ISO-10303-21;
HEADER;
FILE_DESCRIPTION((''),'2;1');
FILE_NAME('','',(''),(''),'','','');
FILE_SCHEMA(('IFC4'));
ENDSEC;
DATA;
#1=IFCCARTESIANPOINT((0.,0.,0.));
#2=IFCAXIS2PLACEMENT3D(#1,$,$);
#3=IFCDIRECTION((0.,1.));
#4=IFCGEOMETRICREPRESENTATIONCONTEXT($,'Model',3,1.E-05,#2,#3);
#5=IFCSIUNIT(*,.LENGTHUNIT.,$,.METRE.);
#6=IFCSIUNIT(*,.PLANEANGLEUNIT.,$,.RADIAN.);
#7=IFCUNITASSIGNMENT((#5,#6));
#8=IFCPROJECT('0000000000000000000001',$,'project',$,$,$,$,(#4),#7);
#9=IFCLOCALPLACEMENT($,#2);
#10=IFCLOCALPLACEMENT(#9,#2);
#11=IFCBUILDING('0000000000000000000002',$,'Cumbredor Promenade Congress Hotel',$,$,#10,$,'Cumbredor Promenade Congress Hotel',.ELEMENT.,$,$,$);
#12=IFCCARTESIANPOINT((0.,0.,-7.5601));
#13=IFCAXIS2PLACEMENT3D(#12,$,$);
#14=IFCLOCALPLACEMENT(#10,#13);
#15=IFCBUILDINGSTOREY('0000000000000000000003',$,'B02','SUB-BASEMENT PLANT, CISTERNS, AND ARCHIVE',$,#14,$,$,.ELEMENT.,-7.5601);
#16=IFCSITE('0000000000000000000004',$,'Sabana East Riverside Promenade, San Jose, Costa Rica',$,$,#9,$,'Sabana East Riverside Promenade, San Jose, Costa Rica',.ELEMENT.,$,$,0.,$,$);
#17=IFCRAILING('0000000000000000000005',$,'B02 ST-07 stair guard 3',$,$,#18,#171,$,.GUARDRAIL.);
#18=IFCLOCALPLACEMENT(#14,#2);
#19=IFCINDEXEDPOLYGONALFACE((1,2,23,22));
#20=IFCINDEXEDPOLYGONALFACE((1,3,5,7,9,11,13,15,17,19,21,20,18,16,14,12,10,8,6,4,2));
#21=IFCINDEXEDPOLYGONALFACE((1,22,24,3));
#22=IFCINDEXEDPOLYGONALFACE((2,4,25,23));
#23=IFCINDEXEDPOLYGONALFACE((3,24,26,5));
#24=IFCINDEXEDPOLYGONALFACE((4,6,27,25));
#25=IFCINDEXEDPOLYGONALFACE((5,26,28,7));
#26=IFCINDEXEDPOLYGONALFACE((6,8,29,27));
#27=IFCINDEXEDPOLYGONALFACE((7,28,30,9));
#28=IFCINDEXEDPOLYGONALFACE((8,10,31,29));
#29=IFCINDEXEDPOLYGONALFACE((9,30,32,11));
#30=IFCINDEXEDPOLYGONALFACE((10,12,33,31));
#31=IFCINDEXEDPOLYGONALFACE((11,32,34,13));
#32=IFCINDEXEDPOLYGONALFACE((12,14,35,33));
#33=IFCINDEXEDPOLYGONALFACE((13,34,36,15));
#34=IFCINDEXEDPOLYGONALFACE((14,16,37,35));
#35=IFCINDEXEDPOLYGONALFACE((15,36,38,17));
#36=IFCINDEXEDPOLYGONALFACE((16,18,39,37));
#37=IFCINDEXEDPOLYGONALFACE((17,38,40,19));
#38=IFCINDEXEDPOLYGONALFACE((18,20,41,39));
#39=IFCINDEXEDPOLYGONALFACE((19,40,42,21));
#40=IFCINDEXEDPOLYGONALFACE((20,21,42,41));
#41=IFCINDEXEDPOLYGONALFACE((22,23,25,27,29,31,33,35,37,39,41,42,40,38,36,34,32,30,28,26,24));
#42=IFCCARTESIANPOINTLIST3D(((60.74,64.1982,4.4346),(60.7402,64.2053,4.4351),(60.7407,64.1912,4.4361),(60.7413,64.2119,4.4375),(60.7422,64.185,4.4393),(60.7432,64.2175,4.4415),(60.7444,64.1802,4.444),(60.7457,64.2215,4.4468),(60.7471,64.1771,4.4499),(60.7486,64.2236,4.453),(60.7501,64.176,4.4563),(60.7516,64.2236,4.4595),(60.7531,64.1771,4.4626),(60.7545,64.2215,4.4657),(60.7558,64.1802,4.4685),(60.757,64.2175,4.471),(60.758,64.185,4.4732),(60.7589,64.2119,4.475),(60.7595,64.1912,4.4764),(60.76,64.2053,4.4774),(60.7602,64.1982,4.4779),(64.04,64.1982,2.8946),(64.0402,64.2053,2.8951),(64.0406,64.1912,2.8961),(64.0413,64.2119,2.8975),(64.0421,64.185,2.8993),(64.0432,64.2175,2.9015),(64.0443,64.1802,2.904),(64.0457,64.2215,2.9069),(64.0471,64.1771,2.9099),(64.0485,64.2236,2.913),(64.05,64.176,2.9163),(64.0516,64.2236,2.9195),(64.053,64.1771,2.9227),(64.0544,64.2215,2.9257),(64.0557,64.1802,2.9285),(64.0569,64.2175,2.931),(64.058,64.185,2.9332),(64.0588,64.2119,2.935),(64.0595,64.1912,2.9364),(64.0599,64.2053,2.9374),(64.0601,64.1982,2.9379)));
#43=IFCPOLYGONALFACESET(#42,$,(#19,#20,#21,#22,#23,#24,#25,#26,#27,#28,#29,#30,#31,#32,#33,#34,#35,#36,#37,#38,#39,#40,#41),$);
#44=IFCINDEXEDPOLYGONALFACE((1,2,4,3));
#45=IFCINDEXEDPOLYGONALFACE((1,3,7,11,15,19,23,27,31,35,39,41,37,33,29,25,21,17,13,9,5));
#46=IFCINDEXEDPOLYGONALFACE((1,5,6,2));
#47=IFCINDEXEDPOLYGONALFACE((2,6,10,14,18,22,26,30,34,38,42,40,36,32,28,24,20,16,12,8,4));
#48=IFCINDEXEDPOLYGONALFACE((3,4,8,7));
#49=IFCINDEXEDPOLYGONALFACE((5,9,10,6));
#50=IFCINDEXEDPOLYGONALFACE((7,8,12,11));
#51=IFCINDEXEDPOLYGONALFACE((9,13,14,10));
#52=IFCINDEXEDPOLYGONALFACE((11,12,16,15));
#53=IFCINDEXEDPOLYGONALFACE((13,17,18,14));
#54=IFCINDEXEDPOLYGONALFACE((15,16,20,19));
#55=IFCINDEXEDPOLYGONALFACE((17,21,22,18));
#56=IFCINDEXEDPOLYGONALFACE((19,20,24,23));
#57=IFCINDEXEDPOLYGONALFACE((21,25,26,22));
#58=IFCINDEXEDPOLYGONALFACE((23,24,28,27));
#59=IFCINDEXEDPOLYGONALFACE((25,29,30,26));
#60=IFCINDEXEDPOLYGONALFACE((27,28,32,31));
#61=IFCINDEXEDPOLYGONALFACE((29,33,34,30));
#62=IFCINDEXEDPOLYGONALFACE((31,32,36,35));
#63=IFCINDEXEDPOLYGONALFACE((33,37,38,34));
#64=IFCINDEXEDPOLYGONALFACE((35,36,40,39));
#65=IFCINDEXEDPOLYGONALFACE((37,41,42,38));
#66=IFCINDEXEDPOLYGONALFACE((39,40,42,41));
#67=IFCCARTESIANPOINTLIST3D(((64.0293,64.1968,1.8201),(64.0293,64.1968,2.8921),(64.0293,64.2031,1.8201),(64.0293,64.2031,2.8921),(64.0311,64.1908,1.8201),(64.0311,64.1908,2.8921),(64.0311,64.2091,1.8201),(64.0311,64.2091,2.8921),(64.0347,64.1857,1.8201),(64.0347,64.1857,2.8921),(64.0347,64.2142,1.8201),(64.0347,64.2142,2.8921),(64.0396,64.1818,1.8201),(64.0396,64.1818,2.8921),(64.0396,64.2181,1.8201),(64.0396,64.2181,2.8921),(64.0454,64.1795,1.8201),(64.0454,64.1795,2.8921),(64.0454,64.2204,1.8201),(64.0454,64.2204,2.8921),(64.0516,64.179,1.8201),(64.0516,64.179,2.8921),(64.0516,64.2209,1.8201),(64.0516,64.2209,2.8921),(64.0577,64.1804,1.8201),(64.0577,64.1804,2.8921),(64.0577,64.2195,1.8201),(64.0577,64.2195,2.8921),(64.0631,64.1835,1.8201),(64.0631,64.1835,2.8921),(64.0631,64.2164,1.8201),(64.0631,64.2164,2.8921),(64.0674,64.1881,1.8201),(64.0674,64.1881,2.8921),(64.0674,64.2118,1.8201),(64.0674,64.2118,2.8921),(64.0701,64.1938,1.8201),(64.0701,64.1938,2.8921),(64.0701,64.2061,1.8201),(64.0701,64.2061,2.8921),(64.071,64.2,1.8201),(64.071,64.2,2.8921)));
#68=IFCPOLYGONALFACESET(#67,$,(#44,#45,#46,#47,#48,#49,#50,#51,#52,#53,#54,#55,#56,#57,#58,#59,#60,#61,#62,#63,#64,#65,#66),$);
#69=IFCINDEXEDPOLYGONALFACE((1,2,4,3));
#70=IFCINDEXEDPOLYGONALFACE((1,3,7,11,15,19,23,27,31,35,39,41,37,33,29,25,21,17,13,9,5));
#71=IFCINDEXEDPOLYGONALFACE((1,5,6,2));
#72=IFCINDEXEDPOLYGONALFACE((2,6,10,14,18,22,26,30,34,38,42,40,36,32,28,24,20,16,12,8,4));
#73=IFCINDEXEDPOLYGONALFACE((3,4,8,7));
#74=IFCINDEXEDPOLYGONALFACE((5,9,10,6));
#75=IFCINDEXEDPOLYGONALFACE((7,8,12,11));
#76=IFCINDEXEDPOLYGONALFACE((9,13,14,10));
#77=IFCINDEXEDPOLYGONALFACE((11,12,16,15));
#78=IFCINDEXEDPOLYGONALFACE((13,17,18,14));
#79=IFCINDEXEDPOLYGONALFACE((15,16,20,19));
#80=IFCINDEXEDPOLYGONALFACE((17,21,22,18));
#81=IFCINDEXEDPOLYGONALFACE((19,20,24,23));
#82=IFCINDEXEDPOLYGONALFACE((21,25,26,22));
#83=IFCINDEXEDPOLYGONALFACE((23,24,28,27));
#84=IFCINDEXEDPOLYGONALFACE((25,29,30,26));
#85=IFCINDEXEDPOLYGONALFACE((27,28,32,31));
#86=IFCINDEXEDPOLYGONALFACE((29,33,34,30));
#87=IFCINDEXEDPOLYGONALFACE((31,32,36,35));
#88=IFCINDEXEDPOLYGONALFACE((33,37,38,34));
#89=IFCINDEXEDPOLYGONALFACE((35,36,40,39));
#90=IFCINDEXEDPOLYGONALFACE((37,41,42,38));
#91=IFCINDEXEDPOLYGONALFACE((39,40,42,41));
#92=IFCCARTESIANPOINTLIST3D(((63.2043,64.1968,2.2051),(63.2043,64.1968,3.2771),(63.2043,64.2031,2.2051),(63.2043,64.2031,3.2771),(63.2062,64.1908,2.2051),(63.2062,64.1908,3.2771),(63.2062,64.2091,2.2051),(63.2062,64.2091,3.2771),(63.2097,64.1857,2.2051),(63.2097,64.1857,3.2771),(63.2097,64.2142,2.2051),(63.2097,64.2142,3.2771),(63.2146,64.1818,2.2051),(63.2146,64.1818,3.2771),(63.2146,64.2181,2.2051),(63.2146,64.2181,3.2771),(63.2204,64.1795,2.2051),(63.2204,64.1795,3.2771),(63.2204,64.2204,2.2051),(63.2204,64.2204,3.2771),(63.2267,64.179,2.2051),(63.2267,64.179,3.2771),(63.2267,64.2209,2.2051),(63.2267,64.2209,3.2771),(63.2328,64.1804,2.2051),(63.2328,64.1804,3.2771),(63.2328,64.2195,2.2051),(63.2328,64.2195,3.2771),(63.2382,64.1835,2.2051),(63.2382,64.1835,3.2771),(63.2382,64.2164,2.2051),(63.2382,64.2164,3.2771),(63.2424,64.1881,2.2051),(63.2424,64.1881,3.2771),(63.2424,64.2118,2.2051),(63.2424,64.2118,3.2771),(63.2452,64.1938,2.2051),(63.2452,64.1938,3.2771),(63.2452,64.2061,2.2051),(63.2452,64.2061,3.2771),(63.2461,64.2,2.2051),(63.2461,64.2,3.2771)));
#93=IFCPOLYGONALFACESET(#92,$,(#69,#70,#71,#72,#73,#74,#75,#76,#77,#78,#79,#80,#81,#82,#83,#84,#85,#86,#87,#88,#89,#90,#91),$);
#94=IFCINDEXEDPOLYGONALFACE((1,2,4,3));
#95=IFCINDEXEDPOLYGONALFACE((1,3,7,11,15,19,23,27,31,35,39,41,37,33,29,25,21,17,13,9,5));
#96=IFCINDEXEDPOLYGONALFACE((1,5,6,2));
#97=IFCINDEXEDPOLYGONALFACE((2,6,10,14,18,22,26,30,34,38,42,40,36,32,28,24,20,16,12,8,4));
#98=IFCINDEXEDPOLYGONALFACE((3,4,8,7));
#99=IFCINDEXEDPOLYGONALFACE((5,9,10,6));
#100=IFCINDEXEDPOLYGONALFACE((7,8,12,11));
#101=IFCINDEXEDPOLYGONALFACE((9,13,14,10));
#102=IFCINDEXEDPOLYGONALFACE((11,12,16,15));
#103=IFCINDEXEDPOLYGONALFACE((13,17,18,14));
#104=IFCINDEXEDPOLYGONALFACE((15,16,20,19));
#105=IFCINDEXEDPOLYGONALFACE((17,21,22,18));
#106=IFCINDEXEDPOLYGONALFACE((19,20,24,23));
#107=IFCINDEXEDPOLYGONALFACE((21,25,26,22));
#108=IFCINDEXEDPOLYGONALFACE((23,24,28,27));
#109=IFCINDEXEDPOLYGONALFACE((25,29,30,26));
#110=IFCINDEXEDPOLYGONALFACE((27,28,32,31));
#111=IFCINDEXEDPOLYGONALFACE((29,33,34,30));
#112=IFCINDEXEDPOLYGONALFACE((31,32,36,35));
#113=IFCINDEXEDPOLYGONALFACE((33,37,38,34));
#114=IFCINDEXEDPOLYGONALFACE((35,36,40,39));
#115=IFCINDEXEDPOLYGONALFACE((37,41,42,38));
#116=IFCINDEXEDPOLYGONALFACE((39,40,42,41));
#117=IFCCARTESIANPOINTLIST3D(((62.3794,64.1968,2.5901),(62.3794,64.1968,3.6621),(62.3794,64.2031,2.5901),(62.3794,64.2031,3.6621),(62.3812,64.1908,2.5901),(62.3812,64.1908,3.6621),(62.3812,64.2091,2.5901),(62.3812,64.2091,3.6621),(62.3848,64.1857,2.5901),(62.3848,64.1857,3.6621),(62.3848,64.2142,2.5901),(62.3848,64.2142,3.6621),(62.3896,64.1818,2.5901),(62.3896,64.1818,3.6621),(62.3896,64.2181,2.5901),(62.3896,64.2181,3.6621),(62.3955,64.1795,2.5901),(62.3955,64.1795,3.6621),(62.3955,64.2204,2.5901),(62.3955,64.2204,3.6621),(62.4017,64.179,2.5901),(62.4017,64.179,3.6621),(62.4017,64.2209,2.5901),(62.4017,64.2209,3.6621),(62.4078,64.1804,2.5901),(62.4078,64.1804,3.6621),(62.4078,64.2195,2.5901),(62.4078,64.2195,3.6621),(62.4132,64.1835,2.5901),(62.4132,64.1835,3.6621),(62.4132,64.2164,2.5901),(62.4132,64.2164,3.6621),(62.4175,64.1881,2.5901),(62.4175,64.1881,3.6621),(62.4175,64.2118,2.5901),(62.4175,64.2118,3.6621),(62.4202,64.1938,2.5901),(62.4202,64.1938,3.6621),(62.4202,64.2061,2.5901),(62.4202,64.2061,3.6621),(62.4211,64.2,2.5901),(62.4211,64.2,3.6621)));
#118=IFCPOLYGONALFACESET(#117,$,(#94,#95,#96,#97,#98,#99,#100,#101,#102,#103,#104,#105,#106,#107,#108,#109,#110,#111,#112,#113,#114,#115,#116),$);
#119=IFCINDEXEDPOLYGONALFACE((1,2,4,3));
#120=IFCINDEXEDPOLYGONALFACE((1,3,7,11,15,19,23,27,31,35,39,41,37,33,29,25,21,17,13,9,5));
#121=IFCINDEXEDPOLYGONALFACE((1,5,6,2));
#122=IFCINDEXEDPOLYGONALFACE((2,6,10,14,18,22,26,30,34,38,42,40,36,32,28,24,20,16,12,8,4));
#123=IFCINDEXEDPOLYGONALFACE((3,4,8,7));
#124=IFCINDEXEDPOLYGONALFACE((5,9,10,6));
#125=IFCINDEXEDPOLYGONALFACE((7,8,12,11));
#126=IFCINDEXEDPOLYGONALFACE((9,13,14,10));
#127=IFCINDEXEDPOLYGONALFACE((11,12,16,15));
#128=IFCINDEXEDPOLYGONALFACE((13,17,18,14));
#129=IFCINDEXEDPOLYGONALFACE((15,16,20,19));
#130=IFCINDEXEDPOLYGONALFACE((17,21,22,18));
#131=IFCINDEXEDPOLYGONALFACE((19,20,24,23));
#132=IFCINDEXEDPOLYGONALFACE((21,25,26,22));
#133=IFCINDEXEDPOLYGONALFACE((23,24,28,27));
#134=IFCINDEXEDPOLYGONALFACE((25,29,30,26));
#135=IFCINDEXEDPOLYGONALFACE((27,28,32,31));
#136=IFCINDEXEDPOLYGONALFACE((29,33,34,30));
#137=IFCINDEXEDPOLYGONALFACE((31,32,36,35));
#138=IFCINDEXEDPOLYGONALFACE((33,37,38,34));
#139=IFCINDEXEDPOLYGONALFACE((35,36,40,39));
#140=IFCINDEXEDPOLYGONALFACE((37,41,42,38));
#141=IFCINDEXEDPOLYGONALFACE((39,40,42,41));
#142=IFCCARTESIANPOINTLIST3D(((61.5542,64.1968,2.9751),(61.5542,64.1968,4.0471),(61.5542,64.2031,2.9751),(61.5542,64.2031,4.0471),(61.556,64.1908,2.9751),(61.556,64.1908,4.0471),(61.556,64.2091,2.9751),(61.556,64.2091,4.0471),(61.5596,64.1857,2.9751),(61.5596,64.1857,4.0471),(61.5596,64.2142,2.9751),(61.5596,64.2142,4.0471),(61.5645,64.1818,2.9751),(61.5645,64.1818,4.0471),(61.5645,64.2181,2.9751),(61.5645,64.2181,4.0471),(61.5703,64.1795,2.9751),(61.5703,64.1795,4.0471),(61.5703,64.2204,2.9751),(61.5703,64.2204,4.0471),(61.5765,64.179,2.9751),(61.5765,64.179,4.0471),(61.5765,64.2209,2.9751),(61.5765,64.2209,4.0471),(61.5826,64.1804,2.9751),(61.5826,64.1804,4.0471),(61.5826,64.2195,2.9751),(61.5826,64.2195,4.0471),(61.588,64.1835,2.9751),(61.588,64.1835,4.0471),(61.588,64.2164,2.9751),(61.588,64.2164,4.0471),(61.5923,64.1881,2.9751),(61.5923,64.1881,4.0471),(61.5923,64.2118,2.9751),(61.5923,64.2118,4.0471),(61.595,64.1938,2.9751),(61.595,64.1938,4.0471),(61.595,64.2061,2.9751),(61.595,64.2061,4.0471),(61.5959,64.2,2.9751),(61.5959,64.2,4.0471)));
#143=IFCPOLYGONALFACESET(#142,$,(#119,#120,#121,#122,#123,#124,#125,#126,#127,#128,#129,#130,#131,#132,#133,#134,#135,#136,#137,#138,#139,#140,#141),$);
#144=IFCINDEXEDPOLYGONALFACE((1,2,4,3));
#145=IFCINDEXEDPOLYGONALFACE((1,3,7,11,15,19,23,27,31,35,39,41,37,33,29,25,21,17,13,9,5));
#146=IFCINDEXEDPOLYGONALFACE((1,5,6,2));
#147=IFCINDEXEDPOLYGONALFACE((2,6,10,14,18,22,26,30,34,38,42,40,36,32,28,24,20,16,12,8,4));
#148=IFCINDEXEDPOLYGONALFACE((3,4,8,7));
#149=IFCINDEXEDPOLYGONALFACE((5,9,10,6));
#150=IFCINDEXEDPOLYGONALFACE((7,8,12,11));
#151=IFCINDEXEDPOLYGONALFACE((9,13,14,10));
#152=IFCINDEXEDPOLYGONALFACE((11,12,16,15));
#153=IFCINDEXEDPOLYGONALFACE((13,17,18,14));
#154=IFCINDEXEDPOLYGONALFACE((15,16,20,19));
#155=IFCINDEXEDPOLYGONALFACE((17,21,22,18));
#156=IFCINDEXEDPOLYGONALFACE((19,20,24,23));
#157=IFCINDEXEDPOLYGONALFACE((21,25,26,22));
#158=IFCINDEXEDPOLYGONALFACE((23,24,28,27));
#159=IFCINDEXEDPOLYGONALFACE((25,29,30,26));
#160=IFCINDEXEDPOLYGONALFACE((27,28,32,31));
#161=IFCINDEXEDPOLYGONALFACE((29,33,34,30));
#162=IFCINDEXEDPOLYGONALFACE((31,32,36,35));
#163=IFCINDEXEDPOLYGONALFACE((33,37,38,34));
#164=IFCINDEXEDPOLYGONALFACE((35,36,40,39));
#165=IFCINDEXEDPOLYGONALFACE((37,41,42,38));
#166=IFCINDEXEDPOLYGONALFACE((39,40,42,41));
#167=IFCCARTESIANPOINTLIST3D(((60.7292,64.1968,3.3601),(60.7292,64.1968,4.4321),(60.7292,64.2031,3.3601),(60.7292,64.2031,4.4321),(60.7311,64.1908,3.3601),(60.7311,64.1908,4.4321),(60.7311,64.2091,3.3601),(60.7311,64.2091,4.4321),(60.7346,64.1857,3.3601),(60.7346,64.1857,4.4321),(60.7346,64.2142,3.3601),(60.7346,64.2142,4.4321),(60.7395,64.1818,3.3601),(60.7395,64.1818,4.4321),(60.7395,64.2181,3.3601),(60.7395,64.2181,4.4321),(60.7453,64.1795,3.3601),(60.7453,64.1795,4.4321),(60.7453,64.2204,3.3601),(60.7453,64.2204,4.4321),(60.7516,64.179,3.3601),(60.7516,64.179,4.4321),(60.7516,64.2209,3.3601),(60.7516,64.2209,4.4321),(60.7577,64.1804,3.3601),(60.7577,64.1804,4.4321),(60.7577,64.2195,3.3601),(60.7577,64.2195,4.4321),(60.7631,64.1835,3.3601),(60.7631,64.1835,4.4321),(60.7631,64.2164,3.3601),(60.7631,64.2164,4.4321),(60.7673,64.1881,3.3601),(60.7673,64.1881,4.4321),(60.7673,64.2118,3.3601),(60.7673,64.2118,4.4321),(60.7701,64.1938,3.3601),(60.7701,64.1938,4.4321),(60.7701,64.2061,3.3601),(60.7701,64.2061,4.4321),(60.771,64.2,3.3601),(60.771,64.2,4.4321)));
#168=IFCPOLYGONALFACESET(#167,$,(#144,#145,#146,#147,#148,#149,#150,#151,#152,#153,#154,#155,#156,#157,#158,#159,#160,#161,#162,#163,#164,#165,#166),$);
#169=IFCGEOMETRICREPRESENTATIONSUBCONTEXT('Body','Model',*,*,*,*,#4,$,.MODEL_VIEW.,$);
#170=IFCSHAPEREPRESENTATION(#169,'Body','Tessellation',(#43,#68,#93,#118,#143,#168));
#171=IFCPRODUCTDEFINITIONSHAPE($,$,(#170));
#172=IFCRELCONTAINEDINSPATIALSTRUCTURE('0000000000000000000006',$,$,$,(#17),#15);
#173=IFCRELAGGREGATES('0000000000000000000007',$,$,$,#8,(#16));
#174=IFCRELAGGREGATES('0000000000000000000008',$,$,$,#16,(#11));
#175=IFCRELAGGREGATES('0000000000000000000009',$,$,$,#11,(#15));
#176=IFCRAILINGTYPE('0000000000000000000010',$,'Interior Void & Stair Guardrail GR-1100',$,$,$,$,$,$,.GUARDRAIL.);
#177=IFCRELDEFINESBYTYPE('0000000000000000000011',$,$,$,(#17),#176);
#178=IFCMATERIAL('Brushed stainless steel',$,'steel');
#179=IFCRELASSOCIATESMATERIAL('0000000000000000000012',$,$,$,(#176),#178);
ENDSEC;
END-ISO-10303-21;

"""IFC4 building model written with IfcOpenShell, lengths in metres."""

from ifc_helpers import new_model, si_unit, direction, frame, origin, origin_2d, place, context, subcontext, project, spatial, circle, extrude, material, type_object, element, save


model = new_model("IFC4")

# Units and contexts
model_context = context("Model", 3, precision=1e-05, world=origin(), true_north=direction((0.0, 1.0)))
body_context = subcontext(model_context, "Body", "Model", "MODEL_VIEW")
ifc_project = project(units=[si_unit("LENGTHUNIT", "METRE"), si_unit("PLANEANGLEUNIT", "RADIAN")], contexts=[model_context])

# Site, building, storey
site_placement = place(None, origin())
site = spatial("IfcSite", under=ifc_project, at=site_placement, Name="Sabana East Riverside Promenade, San Jose, Costa Rica", LongName="Sabana East Riverside Promenade, San Jose, Costa Rica", CompositionType="ELEMENT", RefElevation=0.0)
building_placement = place(site_placement, origin())
building = spatial("IfcBuilding", under=site, at=building_placement, Name="Cumbredor Promenade Congress Hotel", LongName="Cumbredor Promenade Congress Hotel", CompositionType="ELEMENT")
storey_placement = place(building_placement, frame((0.0, 0.0, -7.5601)))
storey = spatial("IfcBuildingStorey", under=building, at=storey_placement, Name="B02", Description="SUB-BASEMENT PLANT, CISTERNS, AND ARCHIVE", CompositionType="ELEMENT", Elevation=-7.5601)

# Railing
ifc_material_1 = material(Name="Brushed stainless steel", Category="steel")
railing_type_1 = type_object("IfcRailingType", Name="Interior Void & Stair Guardrail GR-1100", PredefinedType="GUARDRAIL", material=ifc_material_1)
railing_1_placement = place(storey_placement, frame((64.05, 64.2, 1.8201)))
element("IfcRailing", 1, at=railing_1_placement, inside=storey, type_object=railing_type_1, Name="B02 ST-07 stair guard 3", PredefinedType="GUARDRAIL", context=body_context, shape_type="SweptSolid", body=[
    extrude(circle(Radius=0.0239, at=origin_2d()), frame((0.0, 0.0, 1.0962), z_axis=(-0.906181, 0.0, 0.422889), x_axis=(0.0, -1.0, 0.0)), (0.0, 0.0, 1.0), 3.6416),
    extrude(circle(Radius=0.021, at=origin_2d()), origin(), (0.0, 0.0, 1.0), 1.072),
    extrude(circle(Radius=0.021, at=origin_2d()), frame((-0.825, 0.0, 0.385)), (0.0, 0.0, 1.0), 1.072),
    extrude(circle(Radius=0.021, at=origin_2d()), frame((-1.6499, 0.0, 0.77)), (0.0, 0.0, 1.0), 1.072),
    extrude(circle(Radius=0.021, at=origin_2d()), frame((-2.4751, 0.0, 1.155)), (0.0, 0.0, 1.0), 1.072),
    extrude(circle(Radius=0.021, at=origin_2d()), frame((-3.3, 0.0, 1.54)), (0.0, 0.0, 1.0), 1.072),
])

save(model, "model.ifc")
